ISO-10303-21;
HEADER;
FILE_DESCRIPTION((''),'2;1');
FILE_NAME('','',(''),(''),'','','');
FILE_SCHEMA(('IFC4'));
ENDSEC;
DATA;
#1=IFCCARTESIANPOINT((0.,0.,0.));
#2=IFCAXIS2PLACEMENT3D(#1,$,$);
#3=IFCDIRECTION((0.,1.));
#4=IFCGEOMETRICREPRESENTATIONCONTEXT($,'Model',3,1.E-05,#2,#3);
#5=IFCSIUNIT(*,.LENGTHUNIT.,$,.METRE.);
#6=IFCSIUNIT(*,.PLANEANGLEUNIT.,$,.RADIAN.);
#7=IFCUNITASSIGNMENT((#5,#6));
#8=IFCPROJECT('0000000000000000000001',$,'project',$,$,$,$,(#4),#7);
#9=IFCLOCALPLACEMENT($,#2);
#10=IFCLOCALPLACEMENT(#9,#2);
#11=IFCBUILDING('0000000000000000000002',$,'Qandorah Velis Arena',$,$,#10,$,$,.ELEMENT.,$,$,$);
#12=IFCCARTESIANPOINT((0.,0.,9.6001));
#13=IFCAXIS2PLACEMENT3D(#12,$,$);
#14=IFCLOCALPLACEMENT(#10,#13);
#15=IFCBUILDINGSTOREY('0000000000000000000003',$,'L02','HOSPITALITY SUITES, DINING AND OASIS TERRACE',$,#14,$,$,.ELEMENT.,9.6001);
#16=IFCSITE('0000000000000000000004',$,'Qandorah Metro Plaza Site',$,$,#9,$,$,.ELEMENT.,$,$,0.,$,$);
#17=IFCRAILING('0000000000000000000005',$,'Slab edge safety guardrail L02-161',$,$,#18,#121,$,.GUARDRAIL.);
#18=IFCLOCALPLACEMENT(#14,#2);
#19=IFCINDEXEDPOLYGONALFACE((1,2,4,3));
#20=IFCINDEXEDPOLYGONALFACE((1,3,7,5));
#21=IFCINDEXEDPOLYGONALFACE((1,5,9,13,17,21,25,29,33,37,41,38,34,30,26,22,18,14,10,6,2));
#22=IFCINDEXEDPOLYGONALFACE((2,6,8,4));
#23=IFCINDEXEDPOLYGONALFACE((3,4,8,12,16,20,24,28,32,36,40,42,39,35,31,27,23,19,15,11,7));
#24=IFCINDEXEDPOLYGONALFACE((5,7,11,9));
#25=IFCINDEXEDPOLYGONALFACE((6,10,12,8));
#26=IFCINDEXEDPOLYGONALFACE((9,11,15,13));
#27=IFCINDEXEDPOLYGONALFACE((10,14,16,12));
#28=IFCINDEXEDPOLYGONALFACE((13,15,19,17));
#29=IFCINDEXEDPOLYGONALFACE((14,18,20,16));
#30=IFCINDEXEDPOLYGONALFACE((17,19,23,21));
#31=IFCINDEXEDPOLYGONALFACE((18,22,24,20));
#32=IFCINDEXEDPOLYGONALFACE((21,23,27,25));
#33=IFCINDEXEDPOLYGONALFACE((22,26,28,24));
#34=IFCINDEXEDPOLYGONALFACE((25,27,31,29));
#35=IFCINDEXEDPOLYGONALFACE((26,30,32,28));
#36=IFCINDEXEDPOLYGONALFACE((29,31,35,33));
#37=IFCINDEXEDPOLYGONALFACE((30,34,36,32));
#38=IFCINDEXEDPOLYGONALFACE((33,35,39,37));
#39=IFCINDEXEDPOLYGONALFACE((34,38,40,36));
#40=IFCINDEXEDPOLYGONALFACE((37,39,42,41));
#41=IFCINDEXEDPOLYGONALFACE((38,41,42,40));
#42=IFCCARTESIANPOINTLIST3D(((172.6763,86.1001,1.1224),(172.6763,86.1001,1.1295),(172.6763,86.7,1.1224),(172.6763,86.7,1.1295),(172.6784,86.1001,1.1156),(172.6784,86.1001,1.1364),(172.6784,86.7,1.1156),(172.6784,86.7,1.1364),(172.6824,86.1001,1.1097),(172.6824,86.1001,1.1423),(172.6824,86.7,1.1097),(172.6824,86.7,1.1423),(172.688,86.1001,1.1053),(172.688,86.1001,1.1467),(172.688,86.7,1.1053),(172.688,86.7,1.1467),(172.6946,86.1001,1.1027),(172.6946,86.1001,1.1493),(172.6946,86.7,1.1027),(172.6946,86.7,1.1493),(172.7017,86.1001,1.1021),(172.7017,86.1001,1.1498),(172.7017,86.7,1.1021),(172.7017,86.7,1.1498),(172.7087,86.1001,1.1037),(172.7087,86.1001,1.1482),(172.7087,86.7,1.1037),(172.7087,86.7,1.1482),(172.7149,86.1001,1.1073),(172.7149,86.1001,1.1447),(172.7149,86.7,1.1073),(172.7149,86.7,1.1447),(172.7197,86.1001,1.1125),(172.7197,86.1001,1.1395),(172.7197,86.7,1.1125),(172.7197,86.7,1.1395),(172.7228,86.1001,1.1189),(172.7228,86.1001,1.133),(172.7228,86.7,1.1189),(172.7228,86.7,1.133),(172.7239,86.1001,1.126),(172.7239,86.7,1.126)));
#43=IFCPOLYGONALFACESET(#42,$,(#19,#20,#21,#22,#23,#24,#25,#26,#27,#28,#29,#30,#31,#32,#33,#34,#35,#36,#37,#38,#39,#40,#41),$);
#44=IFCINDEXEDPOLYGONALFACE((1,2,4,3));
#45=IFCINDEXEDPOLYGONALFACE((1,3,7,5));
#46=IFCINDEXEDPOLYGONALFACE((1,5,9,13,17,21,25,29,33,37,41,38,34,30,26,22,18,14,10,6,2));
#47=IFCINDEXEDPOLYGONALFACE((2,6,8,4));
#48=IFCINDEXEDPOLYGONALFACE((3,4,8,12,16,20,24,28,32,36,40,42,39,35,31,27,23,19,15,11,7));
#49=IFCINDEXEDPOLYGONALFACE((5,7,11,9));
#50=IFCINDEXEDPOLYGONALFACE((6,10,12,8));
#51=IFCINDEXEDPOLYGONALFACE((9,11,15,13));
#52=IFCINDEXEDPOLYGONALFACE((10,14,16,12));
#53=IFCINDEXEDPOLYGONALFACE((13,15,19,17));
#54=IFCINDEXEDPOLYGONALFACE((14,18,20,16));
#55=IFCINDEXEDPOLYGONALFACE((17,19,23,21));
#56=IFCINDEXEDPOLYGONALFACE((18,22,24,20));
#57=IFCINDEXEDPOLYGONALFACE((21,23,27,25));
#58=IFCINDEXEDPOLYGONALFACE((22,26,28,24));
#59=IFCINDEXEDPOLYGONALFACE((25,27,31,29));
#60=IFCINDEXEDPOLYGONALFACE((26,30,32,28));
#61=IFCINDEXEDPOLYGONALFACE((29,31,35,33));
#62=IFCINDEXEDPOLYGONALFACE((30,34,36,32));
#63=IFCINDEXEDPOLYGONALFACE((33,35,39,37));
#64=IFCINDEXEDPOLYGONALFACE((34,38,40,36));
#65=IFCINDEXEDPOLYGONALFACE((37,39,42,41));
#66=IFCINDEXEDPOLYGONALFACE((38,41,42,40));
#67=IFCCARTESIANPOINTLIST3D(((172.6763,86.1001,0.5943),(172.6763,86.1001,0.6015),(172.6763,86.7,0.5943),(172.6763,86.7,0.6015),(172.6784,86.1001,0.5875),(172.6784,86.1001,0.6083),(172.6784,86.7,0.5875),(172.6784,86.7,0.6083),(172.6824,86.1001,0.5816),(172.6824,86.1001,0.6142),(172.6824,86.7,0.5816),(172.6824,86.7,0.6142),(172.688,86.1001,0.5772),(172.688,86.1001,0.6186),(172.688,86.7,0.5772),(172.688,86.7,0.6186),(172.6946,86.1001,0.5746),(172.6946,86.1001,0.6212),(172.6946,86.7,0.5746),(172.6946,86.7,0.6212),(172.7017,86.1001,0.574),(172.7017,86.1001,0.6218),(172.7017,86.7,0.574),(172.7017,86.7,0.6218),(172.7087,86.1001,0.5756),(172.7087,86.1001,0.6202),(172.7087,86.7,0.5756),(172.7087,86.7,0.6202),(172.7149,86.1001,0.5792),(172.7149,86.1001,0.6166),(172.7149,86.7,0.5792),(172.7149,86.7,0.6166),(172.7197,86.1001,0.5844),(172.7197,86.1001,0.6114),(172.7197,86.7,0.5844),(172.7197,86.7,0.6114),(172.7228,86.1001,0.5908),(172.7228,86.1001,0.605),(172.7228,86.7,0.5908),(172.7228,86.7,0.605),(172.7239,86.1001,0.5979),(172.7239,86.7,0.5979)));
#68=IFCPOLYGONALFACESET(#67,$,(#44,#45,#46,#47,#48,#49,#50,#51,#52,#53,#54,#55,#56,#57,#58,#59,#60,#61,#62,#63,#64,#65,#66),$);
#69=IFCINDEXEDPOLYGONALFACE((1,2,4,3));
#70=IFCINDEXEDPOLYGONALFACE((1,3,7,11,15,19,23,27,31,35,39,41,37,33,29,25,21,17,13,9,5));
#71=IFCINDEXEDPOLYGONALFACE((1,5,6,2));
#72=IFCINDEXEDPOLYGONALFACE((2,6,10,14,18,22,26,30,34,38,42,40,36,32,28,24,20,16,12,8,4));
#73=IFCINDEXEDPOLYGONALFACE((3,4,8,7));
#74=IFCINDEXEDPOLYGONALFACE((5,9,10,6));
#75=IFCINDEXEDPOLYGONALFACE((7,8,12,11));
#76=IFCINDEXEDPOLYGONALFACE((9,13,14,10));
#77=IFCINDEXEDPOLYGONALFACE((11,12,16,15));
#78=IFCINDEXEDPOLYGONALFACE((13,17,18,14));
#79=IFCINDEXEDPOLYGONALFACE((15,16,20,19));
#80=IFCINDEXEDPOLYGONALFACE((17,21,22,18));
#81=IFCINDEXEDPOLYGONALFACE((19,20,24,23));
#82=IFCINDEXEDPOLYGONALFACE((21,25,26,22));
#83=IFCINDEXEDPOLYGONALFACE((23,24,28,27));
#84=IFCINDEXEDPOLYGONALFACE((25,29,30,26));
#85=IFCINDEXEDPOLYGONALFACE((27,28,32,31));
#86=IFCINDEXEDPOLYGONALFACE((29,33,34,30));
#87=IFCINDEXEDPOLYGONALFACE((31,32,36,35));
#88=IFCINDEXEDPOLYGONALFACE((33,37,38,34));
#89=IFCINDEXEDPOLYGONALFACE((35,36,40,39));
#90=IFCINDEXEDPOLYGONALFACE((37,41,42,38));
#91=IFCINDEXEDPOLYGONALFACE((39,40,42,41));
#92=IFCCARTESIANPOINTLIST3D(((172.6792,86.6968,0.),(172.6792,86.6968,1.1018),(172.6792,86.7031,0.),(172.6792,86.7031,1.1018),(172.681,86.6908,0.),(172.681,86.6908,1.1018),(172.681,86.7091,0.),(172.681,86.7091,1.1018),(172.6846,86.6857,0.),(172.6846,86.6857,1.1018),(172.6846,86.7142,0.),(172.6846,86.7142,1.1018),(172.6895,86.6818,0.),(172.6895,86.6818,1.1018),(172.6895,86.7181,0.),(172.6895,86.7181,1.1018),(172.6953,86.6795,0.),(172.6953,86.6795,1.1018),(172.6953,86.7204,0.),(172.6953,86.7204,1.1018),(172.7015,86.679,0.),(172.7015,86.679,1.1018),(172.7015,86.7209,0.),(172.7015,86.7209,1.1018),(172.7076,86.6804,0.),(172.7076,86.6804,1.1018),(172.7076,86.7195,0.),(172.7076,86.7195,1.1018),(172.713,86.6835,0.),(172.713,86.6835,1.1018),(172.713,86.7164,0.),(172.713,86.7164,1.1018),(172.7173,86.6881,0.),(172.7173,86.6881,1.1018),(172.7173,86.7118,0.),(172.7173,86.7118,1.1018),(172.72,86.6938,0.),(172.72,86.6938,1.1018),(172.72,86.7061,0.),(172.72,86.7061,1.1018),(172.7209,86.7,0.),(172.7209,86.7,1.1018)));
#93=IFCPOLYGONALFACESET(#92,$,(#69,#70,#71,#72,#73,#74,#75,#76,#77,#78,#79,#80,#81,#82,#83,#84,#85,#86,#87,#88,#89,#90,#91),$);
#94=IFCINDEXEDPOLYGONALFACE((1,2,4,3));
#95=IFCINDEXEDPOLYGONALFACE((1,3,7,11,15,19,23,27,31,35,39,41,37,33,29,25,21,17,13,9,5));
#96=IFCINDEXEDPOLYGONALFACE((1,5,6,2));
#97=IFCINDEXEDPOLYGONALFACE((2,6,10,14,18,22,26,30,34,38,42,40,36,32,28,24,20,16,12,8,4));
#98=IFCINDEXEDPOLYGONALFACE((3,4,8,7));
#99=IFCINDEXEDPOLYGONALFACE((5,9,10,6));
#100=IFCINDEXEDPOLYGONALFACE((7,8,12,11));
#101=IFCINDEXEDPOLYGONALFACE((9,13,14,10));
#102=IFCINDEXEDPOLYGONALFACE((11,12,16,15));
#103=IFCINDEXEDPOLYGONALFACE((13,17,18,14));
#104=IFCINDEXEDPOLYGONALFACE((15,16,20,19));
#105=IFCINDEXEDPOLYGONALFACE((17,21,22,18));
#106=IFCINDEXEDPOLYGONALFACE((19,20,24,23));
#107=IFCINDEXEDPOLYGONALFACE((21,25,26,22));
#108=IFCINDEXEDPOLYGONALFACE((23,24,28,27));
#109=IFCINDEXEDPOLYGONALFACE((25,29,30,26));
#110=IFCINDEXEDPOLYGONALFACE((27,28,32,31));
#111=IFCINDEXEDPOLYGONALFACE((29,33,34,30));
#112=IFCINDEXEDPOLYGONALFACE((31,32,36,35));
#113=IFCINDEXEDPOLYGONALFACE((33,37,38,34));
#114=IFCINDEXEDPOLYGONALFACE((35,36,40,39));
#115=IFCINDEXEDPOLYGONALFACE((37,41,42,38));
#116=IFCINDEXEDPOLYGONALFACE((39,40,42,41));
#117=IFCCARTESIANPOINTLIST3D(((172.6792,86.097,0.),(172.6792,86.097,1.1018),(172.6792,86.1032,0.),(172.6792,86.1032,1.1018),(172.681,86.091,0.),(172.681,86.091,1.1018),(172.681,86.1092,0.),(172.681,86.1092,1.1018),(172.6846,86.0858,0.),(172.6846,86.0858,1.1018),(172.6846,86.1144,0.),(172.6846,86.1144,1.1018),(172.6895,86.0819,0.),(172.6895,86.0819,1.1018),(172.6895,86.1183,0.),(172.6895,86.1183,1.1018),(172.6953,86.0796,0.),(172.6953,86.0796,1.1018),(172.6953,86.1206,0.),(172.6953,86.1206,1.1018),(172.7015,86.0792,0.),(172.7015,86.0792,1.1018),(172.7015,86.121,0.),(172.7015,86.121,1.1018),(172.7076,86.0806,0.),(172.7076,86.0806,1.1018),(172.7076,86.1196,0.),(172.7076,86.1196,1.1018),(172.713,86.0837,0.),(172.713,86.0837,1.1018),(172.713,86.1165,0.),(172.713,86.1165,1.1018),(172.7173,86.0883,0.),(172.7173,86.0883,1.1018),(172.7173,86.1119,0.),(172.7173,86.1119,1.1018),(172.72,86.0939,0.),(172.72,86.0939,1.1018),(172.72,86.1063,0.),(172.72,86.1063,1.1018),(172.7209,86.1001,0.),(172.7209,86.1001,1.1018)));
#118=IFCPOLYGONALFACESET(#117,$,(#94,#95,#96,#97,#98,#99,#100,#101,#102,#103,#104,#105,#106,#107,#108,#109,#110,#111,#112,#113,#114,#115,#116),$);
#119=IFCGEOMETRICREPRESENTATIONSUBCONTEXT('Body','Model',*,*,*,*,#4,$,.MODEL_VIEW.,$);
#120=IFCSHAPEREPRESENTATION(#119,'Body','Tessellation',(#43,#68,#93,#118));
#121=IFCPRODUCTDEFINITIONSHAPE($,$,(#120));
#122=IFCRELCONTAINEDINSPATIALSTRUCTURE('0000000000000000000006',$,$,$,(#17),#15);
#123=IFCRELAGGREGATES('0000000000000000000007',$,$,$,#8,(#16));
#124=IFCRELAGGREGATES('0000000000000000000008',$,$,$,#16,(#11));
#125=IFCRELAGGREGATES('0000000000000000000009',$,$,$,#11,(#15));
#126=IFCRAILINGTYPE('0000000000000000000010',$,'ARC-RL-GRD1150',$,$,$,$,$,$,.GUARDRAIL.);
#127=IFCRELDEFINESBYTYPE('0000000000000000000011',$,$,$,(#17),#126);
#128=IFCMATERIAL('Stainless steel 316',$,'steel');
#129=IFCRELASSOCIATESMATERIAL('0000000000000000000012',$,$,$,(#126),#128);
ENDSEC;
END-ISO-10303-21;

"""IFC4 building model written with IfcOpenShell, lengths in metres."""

from ifc_helpers import new_model, si_unit, direction, frame, origin, origin_2d, place, context, subcontext, project, spatial, circle, extrude, material, type_object, element, save


model = new_model("IFC4")

# Units and contexts
model_context = context("Model", 3, precision=1e-05, world=origin(), true_north=direction((0.0, 1.0)))
body_context = subcontext(model_context, "Body", "Model", "MODEL_VIEW")
ifc_project = project(units=[si_unit("LENGTHUNIT", "METRE"), si_unit("PLANEANGLEUNIT", "RADIAN")], contexts=[model_context])

# Site, building, storey
site_placement = place(None, origin())
site = spatial("IfcSite", under=ifc_project, at=site_placement, Name="Qandorah Metro Plaza Site", CompositionType="ELEMENT", RefElevation=0.0)
building_placement = place(site_placement, origin())
building = spatial("IfcBuilding", under=site, at=building_placement, Name="Qandorah Velis Arena", CompositionType="ELEMENT")
storey_placement = place(building_placement, frame((0.0, 0.0, 9.6001)))
storey = spatial("IfcBuildingStorey", under=building, at=storey_placement, Name="L02", Description="HOSPITALITY SUITES, DINING AND OASIS TERRACE", CompositionType="ELEMENT", Elevation=9.6001)

# Railing
ifc_material_1 = material(Name="Stainless steel 316", Category="steel")
railing_type_1 = type_object("IfcRailingType", Name="ARC-RL-GRD1150", PredefinedType="GUARDRAIL", material=ifc_material_1)
railing_1_placement = place(storey_placement, frame((172.7, 86.7, 0.0)))
element("IfcRailing", 1, at=railing_1_placement, inside=storey, type_object=railing_type_1, Name="Slab edge safety guardrail L02-161", PredefinedType="GUARDRAIL", context=body_context, shape_type="SweptSolid", body=[
    extrude(circle(Radius=0.0239, at=origin_2d()), frame((0.0, 0.0, 1.126), z_axis=(0.0, -1.0, 0.0), x_axis=(1.0, 0.0, 0.0)), (0.0, 0.0, 1.0), 0.5999),
    extrude(circle(Radius=0.0239, at=origin_2d()), frame((0.0, 0.0, 0.5979), z_axis=(0.0, -1.0, 0.0), x_axis=(1.0, 0.0, 0.0)), (0.0, 0.0, 1.0), 0.5999),
    extrude(circle(Radius=0.021, at=origin_2d()), origin(), (0.0, 0.0, 1.0), 1.1018),
    extrude(circle(Radius=0.021, at=origin_2d()), frame((0.0, -0.5999, 0.0)), (0.0, 0.0, 1.0), 1.1018),
])

save(model, "model.ifc")
